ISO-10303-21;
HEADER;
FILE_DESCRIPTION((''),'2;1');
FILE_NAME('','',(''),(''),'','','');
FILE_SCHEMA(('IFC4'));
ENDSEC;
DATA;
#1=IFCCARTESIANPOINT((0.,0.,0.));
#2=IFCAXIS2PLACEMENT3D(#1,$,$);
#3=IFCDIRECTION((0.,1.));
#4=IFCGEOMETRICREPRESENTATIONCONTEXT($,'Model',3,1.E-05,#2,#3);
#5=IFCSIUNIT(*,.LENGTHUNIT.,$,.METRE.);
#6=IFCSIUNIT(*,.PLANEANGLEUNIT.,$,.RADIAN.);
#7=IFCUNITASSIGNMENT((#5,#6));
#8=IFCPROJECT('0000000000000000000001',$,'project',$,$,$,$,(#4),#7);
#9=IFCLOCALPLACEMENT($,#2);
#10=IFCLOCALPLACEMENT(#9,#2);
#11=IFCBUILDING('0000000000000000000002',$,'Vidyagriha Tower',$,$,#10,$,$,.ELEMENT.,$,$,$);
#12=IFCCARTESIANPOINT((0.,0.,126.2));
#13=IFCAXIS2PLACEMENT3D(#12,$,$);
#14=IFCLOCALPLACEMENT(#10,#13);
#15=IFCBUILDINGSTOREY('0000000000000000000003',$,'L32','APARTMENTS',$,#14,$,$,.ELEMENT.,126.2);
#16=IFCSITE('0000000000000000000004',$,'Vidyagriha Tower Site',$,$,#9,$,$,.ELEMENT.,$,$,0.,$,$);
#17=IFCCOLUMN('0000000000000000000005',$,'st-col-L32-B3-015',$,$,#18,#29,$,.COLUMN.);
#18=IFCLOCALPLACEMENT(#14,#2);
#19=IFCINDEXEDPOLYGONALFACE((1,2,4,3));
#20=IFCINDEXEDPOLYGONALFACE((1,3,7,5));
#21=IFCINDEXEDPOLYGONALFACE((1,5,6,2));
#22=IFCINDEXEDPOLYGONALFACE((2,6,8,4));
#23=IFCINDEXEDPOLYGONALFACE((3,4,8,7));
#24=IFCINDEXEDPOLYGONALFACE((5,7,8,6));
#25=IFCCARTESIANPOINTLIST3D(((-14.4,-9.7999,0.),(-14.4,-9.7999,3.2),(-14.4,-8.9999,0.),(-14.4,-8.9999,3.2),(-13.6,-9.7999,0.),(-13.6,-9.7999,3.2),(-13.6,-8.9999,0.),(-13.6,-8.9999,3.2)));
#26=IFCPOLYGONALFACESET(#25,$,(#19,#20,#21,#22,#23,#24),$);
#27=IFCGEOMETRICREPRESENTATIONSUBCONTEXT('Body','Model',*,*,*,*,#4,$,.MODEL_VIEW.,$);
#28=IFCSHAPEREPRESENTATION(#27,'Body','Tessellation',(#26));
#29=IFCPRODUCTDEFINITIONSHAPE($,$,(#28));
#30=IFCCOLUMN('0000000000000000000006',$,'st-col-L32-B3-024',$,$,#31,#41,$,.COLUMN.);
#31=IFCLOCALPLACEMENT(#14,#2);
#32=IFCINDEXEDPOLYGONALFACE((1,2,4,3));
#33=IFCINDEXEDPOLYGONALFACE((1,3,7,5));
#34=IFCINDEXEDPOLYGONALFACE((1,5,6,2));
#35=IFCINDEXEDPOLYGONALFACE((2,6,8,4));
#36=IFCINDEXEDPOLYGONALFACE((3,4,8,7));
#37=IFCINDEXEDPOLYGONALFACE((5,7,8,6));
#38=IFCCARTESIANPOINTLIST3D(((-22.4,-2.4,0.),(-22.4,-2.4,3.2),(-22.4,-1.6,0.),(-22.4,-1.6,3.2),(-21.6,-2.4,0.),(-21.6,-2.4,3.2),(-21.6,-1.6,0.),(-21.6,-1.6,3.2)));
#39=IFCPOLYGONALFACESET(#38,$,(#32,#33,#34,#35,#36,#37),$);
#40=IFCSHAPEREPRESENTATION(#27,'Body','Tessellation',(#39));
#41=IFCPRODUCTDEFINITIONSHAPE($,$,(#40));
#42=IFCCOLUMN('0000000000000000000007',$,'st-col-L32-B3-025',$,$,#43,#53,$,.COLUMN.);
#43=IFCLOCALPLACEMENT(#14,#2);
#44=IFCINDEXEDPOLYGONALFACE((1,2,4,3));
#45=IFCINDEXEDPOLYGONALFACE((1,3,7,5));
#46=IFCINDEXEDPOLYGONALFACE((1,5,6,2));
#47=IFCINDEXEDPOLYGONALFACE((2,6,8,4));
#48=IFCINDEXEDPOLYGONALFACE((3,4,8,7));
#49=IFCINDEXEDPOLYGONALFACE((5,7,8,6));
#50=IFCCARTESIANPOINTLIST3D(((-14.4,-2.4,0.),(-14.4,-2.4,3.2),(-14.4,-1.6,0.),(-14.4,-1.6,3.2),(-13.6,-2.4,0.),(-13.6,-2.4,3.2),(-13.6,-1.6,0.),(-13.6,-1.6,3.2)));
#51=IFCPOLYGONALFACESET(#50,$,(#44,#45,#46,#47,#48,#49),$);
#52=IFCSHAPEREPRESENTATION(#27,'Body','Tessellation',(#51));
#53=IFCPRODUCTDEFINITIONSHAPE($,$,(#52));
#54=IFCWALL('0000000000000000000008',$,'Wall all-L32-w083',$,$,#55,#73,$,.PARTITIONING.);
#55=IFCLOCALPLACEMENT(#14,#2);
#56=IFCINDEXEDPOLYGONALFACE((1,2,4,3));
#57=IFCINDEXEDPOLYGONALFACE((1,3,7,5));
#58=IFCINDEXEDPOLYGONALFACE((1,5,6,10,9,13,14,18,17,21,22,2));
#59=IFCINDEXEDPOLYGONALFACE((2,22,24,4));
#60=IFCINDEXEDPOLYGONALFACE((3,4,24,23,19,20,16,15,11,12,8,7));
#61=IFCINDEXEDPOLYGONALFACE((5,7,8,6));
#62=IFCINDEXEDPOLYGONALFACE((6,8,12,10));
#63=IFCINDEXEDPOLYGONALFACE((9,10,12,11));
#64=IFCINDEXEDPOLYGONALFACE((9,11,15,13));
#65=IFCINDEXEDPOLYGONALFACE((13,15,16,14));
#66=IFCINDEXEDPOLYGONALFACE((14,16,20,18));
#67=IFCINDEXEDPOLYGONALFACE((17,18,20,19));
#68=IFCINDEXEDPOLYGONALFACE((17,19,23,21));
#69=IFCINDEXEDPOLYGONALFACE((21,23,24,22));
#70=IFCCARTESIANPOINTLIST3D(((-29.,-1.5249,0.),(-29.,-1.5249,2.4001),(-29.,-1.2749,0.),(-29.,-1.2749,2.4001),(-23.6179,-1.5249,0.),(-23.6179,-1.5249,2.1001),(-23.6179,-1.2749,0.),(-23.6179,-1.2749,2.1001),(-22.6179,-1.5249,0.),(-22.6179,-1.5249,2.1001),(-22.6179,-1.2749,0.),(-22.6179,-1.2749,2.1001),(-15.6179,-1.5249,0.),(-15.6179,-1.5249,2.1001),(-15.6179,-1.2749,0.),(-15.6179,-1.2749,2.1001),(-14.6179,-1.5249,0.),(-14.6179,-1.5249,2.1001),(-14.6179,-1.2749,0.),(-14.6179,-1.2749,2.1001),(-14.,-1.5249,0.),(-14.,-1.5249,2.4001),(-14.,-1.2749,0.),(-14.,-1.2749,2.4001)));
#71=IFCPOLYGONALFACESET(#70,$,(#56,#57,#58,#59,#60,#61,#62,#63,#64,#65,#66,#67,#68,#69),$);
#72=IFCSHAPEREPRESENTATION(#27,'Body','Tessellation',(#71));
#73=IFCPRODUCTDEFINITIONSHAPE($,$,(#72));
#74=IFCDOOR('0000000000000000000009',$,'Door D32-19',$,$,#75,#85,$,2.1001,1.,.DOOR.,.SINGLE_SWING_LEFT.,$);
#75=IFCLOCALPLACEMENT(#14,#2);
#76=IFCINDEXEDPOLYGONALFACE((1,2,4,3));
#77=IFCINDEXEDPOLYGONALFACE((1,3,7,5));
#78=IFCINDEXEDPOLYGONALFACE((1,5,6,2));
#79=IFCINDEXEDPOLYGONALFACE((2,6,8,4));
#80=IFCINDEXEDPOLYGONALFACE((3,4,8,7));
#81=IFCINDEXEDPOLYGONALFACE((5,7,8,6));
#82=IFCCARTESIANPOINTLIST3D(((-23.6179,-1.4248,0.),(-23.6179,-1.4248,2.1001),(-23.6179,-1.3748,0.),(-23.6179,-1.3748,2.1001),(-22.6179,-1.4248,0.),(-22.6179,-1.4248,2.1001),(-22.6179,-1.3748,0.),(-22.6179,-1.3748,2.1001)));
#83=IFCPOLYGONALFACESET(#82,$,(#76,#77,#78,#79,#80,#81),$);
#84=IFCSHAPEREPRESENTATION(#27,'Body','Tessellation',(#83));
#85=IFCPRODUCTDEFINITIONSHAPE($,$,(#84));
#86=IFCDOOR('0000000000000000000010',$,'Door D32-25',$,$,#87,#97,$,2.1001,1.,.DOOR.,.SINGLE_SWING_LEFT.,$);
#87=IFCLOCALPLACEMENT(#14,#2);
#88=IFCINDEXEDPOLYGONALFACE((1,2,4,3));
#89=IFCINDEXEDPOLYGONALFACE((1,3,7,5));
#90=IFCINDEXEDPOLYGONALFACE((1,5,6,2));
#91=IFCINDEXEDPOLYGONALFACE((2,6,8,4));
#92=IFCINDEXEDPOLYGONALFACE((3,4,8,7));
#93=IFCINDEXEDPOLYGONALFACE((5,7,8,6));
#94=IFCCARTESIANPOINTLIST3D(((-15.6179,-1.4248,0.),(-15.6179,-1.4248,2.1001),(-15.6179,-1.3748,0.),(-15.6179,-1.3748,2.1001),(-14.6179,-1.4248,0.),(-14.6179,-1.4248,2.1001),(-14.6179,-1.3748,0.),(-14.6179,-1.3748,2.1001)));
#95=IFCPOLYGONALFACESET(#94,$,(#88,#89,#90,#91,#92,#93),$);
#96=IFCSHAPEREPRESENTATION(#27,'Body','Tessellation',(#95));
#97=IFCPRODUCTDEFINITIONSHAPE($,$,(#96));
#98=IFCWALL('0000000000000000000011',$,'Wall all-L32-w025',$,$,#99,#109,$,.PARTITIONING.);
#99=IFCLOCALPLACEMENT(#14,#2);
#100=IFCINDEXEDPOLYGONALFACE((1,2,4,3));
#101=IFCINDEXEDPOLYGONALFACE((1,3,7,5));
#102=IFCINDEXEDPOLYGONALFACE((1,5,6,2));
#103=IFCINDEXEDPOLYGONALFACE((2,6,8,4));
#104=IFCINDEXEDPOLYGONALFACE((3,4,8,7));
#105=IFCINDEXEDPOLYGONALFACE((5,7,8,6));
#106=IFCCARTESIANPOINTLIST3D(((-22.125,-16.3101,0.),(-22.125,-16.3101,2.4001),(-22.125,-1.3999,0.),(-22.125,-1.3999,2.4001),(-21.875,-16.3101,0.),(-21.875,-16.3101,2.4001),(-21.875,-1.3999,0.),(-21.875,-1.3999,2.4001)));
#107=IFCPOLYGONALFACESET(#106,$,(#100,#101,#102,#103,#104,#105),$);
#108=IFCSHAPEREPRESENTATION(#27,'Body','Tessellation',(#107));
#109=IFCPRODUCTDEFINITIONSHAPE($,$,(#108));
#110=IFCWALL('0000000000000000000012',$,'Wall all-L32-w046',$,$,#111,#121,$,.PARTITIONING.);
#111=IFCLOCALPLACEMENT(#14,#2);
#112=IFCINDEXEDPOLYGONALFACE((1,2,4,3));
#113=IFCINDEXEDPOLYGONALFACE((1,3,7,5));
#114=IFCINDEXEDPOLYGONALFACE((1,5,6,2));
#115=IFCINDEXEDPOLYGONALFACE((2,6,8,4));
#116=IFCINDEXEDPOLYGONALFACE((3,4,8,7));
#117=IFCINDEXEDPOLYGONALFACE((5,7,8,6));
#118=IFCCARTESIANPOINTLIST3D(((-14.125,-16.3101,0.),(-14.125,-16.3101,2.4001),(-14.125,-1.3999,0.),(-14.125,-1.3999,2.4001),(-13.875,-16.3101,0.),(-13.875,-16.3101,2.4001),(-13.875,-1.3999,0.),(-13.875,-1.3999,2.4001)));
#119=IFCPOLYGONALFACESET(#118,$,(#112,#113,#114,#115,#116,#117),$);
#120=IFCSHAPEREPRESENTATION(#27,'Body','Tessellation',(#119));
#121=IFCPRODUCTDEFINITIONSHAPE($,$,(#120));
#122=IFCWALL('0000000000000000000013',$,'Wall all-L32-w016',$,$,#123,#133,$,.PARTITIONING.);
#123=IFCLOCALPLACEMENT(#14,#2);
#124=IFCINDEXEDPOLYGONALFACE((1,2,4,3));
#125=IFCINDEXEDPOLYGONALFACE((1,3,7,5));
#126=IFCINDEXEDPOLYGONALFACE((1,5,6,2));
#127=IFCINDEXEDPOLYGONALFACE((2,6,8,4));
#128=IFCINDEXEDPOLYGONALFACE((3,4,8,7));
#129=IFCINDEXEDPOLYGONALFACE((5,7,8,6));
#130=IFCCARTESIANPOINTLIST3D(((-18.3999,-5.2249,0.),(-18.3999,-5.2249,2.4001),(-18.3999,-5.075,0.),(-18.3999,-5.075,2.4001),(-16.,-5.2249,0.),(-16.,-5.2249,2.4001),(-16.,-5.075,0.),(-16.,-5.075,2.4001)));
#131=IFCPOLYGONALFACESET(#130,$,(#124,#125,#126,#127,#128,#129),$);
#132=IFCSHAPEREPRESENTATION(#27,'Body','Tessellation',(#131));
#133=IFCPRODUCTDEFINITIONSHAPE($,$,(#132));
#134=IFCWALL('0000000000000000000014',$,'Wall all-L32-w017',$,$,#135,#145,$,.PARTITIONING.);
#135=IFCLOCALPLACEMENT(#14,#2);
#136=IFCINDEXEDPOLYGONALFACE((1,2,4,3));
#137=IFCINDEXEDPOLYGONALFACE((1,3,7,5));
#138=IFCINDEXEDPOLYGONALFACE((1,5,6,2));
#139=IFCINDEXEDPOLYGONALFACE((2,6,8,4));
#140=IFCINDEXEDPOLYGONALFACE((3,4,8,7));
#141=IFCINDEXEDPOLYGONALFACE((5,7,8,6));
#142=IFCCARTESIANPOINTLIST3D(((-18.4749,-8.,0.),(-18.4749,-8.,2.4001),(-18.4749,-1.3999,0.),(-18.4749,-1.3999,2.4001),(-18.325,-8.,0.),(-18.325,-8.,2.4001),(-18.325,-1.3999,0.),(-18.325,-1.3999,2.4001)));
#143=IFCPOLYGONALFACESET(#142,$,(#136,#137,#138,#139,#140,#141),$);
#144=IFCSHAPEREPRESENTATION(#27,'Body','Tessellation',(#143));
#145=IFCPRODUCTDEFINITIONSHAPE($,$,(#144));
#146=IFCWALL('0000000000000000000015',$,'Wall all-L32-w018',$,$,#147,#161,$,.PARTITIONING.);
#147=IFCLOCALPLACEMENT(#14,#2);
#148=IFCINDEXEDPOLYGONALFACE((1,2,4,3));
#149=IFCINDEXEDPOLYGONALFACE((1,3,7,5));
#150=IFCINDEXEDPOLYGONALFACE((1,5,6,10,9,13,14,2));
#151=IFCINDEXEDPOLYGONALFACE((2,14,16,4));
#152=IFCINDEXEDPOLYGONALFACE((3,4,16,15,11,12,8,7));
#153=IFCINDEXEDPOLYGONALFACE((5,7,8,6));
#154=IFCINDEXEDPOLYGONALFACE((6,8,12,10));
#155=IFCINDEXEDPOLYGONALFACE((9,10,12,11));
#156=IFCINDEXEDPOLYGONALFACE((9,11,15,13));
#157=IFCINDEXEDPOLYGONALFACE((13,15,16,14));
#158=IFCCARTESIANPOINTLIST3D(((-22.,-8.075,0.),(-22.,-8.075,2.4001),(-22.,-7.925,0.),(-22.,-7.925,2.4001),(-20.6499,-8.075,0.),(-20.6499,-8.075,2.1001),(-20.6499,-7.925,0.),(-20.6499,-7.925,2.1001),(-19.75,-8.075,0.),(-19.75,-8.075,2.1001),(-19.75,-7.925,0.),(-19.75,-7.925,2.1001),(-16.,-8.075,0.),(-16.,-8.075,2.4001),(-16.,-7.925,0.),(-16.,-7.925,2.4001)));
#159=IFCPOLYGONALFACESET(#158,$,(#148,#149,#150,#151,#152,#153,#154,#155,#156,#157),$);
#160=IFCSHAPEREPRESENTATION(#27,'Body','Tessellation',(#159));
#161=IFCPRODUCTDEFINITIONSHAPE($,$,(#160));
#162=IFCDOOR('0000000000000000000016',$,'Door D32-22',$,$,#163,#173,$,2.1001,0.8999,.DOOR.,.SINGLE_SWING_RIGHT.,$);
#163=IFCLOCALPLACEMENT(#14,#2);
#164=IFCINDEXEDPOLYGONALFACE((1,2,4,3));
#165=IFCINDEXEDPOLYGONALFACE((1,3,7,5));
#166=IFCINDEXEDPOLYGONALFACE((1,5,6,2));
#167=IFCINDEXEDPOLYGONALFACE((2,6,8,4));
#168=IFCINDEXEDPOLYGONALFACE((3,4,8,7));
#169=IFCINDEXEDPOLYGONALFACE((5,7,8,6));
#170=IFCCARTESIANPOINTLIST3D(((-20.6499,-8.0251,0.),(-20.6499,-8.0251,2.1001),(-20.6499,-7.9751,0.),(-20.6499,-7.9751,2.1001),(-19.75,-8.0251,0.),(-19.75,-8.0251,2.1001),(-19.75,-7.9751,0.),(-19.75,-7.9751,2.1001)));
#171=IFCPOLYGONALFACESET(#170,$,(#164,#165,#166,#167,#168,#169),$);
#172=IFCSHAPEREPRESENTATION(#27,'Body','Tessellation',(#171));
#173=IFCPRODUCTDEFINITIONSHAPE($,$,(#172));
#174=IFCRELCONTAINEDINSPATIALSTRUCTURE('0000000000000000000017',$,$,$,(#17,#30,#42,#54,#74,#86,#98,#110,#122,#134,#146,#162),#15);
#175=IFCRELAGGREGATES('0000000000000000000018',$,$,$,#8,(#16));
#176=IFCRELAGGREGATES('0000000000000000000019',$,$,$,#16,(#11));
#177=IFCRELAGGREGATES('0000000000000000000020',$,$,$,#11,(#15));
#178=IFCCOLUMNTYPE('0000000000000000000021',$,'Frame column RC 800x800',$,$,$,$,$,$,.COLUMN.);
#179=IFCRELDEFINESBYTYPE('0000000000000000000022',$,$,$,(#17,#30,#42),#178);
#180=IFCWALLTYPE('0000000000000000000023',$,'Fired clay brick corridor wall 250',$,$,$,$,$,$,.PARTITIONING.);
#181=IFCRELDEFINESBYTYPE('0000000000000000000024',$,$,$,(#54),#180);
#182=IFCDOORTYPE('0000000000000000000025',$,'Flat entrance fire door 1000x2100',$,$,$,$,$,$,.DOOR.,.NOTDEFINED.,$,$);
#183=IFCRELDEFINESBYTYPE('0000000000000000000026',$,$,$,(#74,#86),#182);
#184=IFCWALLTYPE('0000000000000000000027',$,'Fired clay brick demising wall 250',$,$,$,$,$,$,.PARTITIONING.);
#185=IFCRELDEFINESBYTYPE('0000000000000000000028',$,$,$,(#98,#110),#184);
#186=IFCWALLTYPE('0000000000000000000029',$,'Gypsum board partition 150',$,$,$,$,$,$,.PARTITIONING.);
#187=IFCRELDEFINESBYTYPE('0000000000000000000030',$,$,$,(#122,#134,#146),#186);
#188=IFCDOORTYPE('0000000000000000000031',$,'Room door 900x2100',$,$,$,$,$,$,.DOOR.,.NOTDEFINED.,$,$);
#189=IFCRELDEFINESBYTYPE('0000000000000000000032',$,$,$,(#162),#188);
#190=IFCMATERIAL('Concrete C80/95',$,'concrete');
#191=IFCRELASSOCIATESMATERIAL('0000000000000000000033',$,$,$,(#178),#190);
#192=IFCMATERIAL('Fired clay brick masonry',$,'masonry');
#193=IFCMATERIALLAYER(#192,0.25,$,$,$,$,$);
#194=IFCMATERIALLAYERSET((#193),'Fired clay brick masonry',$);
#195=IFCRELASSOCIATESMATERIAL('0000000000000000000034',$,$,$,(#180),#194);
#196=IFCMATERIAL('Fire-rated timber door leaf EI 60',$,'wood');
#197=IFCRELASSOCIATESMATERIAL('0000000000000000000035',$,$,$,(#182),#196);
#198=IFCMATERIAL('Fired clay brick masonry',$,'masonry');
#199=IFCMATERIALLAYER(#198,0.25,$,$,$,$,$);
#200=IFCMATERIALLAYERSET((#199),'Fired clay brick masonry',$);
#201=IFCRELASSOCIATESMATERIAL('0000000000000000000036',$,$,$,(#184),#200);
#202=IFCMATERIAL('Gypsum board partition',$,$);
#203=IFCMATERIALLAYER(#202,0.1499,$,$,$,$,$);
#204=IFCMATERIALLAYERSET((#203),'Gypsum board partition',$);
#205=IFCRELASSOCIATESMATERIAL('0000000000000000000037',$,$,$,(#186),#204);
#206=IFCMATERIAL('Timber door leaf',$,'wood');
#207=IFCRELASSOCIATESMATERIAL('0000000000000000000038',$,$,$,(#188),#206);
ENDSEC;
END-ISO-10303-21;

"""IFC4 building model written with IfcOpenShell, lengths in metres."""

from ifc_helpers import new_model, si_unit, direction, frame, frame_2d, origin, origin_2d, place, context, subcontext, project, spatial, rectangle, extrude, material, layer, layer_set, material_profile, profile_set, type_object, element, fill, save


model = new_model("IFC4")

# Units and contexts
model_context = context("Model", 3, precision=1e-05, world=origin(), true_north=direction((0.0, 1.0)))
body_context = subcontext(model_context, "Body", "Model", "MODEL_VIEW")
ifc_project = project(units=[si_unit("LENGTHUNIT", "METRE"), si_unit("PLANEANGLEUNIT", "RADIAN")], contexts=[model_context])

# Site, building, storey
site_placement = place(None, origin())
site = spatial("IfcSite", under=ifc_project, at=site_placement, Name="Vidyagriha Tower Site", CompositionType="ELEMENT", RefElevation=0.0)
building_placement = place(site_placement, origin())
building = spatial("IfcBuilding", under=site, at=building_placement, Name="Vidyagriha Tower", CompositionType="ELEMENT")
storey_placement = place(building_placement, frame((0.0, 0.0, 126.2)))
storey = spatial("IfcBuildingStorey", under=building, at=storey_placement, Name="L32", Description="APARTMENTS", CompositionType="ELEMENT", Elevation=126.2)

# Columns
ifc_material_1 = material(Name="Concrete C80/95", Category="concrete")
ifc_material_profile = material_profile(ifc_material_1, rectangle(XDim=0.8, YDim=0.8, at=origin_2d()), Name="RC 800x800")
ifc_profile_set = profile_set([ifc_material_profile], Name="Concrete C80/95")
column_type = type_object("IfcColumnType", Name="Frame column RC 800x800", PredefinedType="COLUMN", material=ifc_profile_set)
for number, where, name in (
    (1, (-14.0, -9.3999, 0.0), "st-col-L32-B3-015"),
    (2, (-22.0, -2.0, 0.0), "st-col-L32-B3-024"),
    (3, (-14.0, -2.0, 0.0), "st-col-L32-B3-025"),
):
    element("IfcColumn", number, at=place(storey_placement, frame(where)), inside=storey, type_object=column_type, Name=name, PredefinedType="COLUMN", context=body_context, shape_type="SweptSolid", body=[
        extrude(rectangle(XDim=0.8, YDim=0.8, at=origin_2d()), origin(), (0.0, 0.0, 1.0), 3.2),
    ])

# Wall, openings, doors
ifc_material_2 = material(Name="Fired clay brick masonry", Category="masonry")
ifc_layer_1 = layer(ifc_material_2, 0.25)
ifc_layer_set_1 = layer_set([ifc_layer_1], Name="Fired clay brick masonry")
wall_type_1 = type_object("IfcWallType", Name="Fired clay brick corridor wall 250", PredefinedType="PARTITIONING", material=ifc_layer_set_1)
wall_1_placement = place(storey_placement, frame((-14.0, -1.3999, 0.0), z_axis=(0.0, 0.0, 1.0), x_axis=(-1.0, 0.0, 0.0)))
wall_1 = element("IfcWall", 4, at=wall_1_placement, inside=storey, type_object=wall_type_1, Name="Wall all-L32-w083", PredefinedType="PARTITIONING", context=body_context, shape_type="SweptSolid", body=[
    extrude(rectangle(XDim=15.0, YDim=0.25, at=frame_2d((7.5, 0.0))), origin(), (0.0, 0.0, 1.0), 2.4001),
])
opening_1_placement = place(wall_1_placement, frame((8.6179, 0.0, 0.0)))
opening_1 = element("IfcOpeningElement", 5, at=opening_1_placement, cuts=wall_1, PredefinedType="OPENING", context=body_context, shape_type="SweptSolid", body=[
    extrude(rectangle(XDim=1.0, YDim=2.1001, at=frame_2d((0.5, 1.05))), frame((0.0, 0.135, 0.0), z_axis=(0.0, -1.0, 0.0), x_axis=(1.0, 0.0, 0.0)), (0.0, 0.0, 1.0), 0.27),
])
opening_2_placement = place(wall_1_placement, frame((0.6179, 0.0, 0.0)))
opening_2 = element("IfcOpeningElement", 6, at=opening_2_placement, cuts=wall_1, PredefinedType="OPENING", context=body_context, shape_type="SweptSolid", body=[
    extrude(rectangle(XDim=1.0, YDim=2.1001, at=frame_2d((0.5, 1.05))), frame((0.0, 0.135, 0.0), z_axis=(0.0, -1.0, 0.0), x_axis=(1.0, 0.0, 0.0)), (0.0, 0.0, 1.0), 0.27),
])
ifc_material_3 = material(Name="Fire-rated timber door leaf EI 60", Category="wood")
door_type_1 = type_object("IfcDoorType", Name="Flat entrance fire door 1000x2100", OperationType="NOTDEFINED", PredefinedType="DOOR", material=ifc_material_3)
door_1_placement = place(opening_1_placement, origin())
door_1 = element("IfcDoor", 7, at=door_1_placement, inside=storey, type_object=door_type_1, Name="Door D32-19", OperationType="SINGLE_SWING_LEFT", OverallHeight=2.1001, OverallWidth=1.0, PredefinedType="DOOR", context=body_context, shape_type="SweptSolid", body=[
    extrude(rectangle(XDim=1.0, YDim=2.1001, at=frame_2d((0.5, 1.05))), frame((0.0, 0.0249, 0.0), z_axis=(0.0, -1.0, 0.0), x_axis=(1.0, 0.0, 0.0)), (0.0, 0.0, 1.0), 0.05),
])
fill(opening_1, door_1)
door_2_placement = place(opening_2_placement, origin())
door_2 = element("IfcDoor", 8, at=door_2_placement, inside=storey, type_object=door_type_1, Name="Door D32-25", OperationType="SINGLE_SWING_LEFT", OverallHeight=2.1001, OverallWidth=1.0, PredefinedType="DOOR", context=body_context, shape_type="SweptSolid", body=[
    extrude(rectangle(XDim=1.0, YDim=2.1001, at=frame_2d((0.5, 1.05))), frame((0.0, 0.0249, 0.0), z_axis=(0.0, -1.0, 0.0), x_axis=(1.0, 0.0, 0.0)), (0.0, 0.0, 1.0), 0.05),
])
fill(opening_2, door_2)

# Walls
ifc_material_4 = material(Name="Fired clay brick masonry", Category="masonry")
ifc_layer_2 = layer(ifc_material_4, 0.25)
ifc_layer_set_2 = layer_set([ifc_layer_2], Name="Fired clay brick masonry")
wall_type_2 = type_object("IfcWallType", Name="Fired clay brick demising wall 250", PredefinedType="PARTITIONING", material=ifc_layer_set_2)
for number, where, z_axis, x_axis, name in (
    (9, (-22.0, -1.3999, 0.0), (0.0, 0.0, 1.0), (0.0, -1.0, 0.0), "Wall all-L32-w025"),
    (10, (-14.0, -1.3999, 0.0), (0.0, 0.0, 1.0), (0.0, -1.0, 0.0), "Wall all-L32-w046"),
):
    element("IfcWall", number, at=place(storey_placement, frame(where, z_axis=z_axis, x_axis=x_axis)), inside=storey, type_object=wall_type_2, Name=name, PredefinedType="PARTITIONING", context=body_context, shape_type="SweptSolid", body=[
        extrude(rectangle(XDim=14.9102, YDim=0.25, at=frame_2d((7.4551, 0.0))), origin(), (0.0, 0.0, 1.0), 2.4001),
    ])
ifc_material_5 = material(Name="Gypsum board partition")
ifc_layer_3 = layer(ifc_material_5, 0.1499)
ifc_layer_set_3 = layer_set([ifc_layer_3], Name="Gypsum board partition")
wall_type_3 = type_object("IfcWallType", Name="Gypsum board partition 150", PredefinedType="PARTITIONING", material=ifc_layer_set_3)
wall_2_placement = place(storey_placement, frame((-16.0, -5.1499, 0.0), z_axis=(0.0, 0.0, 1.0), x_axis=(-1.0, 0.0, 0.0)))
element("IfcWall", 11, at=wall_2_placement, inside=storey, type_object=wall_type_3, Name="Wall all-L32-w016", PredefinedType="PARTITIONING", context=body_context, shape_type="SweptSolid", body=[
    extrude(rectangle(XDim=2.3999, YDim=0.1499, at=frame_2d((1.2, 0.0))), origin(), (0.0, 0.0, 1.0), 2.4001),
])
wall_3_placement = place(storey_placement, frame((-18.3999, -8.0, 0.0), z_axis=(0.0, 0.0, 1.0), x_axis=(0.0, 1.0, 0.0)))
element("IfcWall", 12, at=wall_3_placement, inside=storey, type_object=wall_type_3, Name="Wall all-L32-w017", PredefinedType="PARTITIONING", context=body_context, shape_type="SweptSolid", body=[
    extrude(rectangle(XDim=6.6001, YDim=0.1499, at=frame_2d((3.3, 0.0))), origin(), (0.0, 0.0, 1.0), 2.4001),
])

# Wall, opening, door
wall_4_placement = place(storey_placement, frame((-22.0, -8.0, 0.0)))
wall_4 = element("IfcWall", 13, at=wall_4_placement, inside=storey, type_object=wall_type_3, Name="Wall all-L32-w018", PredefinedType="PARTITIONING", context=body_context, shape_type="SweptSolid", body=[
    extrude(rectangle(XDim=6.0, YDim=0.1499, at=frame_2d((3.0, 0.0))), origin(), (0.0, 0.0, 1.0), 2.4001),
])
opening_3_placement = place(wall_4_placement, frame((1.3501, 0.0, 0.0)))
opening_3 = element("IfcOpeningElement", 14, at=opening_3_placement, cuts=wall_4, PredefinedType="OPENING", context=body_context, shape_type="SweptSolid", body=[
    extrude(rectangle(XDim=0.8999, YDim=2.1001, at=frame_2d((0.45, 1.05))), frame((0.0, 0.085, 0.0), z_axis=(0.0, -1.0, 0.0), x_axis=(1.0, 0.0, 0.0)), (0.0, 0.0, 1.0), 0.1699),
])
ifc_material_6 = material(Name="Timber door leaf", Category="wood")
door_type_2 = type_object("IfcDoorType", Name="Room door 900x2100", OperationType="NOTDEFINED", PredefinedType="DOOR", material=ifc_material_6)
door_3_placement = place(opening_3_placement, origin())
door_3 = element("IfcDoor", 15, at=door_3_placement, inside=storey, type_object=door_type_2, Name="Door D32-22", OperationType="SINGLE_SWING_RIGHT", OverallHeight=2.1001, OverallWidth=0.8999, PredefinedType="DOOR", context=body_context, shape_type="SweptSolid", body=[
    extrude(rectangle(XDim=0.8999, YDim=2.1001, at=frame_2d((0.45, 1.05))), frame((0.0, 0.0249, 0.0), z_axis=(0.0, -1.0, 0.0), x_axis=(1.0, 0.0, 0.0)), (0.0, 0.0, 1.0), 0.05),
])
fill(opening_3, door_3)

save(model, "model.ifc")
